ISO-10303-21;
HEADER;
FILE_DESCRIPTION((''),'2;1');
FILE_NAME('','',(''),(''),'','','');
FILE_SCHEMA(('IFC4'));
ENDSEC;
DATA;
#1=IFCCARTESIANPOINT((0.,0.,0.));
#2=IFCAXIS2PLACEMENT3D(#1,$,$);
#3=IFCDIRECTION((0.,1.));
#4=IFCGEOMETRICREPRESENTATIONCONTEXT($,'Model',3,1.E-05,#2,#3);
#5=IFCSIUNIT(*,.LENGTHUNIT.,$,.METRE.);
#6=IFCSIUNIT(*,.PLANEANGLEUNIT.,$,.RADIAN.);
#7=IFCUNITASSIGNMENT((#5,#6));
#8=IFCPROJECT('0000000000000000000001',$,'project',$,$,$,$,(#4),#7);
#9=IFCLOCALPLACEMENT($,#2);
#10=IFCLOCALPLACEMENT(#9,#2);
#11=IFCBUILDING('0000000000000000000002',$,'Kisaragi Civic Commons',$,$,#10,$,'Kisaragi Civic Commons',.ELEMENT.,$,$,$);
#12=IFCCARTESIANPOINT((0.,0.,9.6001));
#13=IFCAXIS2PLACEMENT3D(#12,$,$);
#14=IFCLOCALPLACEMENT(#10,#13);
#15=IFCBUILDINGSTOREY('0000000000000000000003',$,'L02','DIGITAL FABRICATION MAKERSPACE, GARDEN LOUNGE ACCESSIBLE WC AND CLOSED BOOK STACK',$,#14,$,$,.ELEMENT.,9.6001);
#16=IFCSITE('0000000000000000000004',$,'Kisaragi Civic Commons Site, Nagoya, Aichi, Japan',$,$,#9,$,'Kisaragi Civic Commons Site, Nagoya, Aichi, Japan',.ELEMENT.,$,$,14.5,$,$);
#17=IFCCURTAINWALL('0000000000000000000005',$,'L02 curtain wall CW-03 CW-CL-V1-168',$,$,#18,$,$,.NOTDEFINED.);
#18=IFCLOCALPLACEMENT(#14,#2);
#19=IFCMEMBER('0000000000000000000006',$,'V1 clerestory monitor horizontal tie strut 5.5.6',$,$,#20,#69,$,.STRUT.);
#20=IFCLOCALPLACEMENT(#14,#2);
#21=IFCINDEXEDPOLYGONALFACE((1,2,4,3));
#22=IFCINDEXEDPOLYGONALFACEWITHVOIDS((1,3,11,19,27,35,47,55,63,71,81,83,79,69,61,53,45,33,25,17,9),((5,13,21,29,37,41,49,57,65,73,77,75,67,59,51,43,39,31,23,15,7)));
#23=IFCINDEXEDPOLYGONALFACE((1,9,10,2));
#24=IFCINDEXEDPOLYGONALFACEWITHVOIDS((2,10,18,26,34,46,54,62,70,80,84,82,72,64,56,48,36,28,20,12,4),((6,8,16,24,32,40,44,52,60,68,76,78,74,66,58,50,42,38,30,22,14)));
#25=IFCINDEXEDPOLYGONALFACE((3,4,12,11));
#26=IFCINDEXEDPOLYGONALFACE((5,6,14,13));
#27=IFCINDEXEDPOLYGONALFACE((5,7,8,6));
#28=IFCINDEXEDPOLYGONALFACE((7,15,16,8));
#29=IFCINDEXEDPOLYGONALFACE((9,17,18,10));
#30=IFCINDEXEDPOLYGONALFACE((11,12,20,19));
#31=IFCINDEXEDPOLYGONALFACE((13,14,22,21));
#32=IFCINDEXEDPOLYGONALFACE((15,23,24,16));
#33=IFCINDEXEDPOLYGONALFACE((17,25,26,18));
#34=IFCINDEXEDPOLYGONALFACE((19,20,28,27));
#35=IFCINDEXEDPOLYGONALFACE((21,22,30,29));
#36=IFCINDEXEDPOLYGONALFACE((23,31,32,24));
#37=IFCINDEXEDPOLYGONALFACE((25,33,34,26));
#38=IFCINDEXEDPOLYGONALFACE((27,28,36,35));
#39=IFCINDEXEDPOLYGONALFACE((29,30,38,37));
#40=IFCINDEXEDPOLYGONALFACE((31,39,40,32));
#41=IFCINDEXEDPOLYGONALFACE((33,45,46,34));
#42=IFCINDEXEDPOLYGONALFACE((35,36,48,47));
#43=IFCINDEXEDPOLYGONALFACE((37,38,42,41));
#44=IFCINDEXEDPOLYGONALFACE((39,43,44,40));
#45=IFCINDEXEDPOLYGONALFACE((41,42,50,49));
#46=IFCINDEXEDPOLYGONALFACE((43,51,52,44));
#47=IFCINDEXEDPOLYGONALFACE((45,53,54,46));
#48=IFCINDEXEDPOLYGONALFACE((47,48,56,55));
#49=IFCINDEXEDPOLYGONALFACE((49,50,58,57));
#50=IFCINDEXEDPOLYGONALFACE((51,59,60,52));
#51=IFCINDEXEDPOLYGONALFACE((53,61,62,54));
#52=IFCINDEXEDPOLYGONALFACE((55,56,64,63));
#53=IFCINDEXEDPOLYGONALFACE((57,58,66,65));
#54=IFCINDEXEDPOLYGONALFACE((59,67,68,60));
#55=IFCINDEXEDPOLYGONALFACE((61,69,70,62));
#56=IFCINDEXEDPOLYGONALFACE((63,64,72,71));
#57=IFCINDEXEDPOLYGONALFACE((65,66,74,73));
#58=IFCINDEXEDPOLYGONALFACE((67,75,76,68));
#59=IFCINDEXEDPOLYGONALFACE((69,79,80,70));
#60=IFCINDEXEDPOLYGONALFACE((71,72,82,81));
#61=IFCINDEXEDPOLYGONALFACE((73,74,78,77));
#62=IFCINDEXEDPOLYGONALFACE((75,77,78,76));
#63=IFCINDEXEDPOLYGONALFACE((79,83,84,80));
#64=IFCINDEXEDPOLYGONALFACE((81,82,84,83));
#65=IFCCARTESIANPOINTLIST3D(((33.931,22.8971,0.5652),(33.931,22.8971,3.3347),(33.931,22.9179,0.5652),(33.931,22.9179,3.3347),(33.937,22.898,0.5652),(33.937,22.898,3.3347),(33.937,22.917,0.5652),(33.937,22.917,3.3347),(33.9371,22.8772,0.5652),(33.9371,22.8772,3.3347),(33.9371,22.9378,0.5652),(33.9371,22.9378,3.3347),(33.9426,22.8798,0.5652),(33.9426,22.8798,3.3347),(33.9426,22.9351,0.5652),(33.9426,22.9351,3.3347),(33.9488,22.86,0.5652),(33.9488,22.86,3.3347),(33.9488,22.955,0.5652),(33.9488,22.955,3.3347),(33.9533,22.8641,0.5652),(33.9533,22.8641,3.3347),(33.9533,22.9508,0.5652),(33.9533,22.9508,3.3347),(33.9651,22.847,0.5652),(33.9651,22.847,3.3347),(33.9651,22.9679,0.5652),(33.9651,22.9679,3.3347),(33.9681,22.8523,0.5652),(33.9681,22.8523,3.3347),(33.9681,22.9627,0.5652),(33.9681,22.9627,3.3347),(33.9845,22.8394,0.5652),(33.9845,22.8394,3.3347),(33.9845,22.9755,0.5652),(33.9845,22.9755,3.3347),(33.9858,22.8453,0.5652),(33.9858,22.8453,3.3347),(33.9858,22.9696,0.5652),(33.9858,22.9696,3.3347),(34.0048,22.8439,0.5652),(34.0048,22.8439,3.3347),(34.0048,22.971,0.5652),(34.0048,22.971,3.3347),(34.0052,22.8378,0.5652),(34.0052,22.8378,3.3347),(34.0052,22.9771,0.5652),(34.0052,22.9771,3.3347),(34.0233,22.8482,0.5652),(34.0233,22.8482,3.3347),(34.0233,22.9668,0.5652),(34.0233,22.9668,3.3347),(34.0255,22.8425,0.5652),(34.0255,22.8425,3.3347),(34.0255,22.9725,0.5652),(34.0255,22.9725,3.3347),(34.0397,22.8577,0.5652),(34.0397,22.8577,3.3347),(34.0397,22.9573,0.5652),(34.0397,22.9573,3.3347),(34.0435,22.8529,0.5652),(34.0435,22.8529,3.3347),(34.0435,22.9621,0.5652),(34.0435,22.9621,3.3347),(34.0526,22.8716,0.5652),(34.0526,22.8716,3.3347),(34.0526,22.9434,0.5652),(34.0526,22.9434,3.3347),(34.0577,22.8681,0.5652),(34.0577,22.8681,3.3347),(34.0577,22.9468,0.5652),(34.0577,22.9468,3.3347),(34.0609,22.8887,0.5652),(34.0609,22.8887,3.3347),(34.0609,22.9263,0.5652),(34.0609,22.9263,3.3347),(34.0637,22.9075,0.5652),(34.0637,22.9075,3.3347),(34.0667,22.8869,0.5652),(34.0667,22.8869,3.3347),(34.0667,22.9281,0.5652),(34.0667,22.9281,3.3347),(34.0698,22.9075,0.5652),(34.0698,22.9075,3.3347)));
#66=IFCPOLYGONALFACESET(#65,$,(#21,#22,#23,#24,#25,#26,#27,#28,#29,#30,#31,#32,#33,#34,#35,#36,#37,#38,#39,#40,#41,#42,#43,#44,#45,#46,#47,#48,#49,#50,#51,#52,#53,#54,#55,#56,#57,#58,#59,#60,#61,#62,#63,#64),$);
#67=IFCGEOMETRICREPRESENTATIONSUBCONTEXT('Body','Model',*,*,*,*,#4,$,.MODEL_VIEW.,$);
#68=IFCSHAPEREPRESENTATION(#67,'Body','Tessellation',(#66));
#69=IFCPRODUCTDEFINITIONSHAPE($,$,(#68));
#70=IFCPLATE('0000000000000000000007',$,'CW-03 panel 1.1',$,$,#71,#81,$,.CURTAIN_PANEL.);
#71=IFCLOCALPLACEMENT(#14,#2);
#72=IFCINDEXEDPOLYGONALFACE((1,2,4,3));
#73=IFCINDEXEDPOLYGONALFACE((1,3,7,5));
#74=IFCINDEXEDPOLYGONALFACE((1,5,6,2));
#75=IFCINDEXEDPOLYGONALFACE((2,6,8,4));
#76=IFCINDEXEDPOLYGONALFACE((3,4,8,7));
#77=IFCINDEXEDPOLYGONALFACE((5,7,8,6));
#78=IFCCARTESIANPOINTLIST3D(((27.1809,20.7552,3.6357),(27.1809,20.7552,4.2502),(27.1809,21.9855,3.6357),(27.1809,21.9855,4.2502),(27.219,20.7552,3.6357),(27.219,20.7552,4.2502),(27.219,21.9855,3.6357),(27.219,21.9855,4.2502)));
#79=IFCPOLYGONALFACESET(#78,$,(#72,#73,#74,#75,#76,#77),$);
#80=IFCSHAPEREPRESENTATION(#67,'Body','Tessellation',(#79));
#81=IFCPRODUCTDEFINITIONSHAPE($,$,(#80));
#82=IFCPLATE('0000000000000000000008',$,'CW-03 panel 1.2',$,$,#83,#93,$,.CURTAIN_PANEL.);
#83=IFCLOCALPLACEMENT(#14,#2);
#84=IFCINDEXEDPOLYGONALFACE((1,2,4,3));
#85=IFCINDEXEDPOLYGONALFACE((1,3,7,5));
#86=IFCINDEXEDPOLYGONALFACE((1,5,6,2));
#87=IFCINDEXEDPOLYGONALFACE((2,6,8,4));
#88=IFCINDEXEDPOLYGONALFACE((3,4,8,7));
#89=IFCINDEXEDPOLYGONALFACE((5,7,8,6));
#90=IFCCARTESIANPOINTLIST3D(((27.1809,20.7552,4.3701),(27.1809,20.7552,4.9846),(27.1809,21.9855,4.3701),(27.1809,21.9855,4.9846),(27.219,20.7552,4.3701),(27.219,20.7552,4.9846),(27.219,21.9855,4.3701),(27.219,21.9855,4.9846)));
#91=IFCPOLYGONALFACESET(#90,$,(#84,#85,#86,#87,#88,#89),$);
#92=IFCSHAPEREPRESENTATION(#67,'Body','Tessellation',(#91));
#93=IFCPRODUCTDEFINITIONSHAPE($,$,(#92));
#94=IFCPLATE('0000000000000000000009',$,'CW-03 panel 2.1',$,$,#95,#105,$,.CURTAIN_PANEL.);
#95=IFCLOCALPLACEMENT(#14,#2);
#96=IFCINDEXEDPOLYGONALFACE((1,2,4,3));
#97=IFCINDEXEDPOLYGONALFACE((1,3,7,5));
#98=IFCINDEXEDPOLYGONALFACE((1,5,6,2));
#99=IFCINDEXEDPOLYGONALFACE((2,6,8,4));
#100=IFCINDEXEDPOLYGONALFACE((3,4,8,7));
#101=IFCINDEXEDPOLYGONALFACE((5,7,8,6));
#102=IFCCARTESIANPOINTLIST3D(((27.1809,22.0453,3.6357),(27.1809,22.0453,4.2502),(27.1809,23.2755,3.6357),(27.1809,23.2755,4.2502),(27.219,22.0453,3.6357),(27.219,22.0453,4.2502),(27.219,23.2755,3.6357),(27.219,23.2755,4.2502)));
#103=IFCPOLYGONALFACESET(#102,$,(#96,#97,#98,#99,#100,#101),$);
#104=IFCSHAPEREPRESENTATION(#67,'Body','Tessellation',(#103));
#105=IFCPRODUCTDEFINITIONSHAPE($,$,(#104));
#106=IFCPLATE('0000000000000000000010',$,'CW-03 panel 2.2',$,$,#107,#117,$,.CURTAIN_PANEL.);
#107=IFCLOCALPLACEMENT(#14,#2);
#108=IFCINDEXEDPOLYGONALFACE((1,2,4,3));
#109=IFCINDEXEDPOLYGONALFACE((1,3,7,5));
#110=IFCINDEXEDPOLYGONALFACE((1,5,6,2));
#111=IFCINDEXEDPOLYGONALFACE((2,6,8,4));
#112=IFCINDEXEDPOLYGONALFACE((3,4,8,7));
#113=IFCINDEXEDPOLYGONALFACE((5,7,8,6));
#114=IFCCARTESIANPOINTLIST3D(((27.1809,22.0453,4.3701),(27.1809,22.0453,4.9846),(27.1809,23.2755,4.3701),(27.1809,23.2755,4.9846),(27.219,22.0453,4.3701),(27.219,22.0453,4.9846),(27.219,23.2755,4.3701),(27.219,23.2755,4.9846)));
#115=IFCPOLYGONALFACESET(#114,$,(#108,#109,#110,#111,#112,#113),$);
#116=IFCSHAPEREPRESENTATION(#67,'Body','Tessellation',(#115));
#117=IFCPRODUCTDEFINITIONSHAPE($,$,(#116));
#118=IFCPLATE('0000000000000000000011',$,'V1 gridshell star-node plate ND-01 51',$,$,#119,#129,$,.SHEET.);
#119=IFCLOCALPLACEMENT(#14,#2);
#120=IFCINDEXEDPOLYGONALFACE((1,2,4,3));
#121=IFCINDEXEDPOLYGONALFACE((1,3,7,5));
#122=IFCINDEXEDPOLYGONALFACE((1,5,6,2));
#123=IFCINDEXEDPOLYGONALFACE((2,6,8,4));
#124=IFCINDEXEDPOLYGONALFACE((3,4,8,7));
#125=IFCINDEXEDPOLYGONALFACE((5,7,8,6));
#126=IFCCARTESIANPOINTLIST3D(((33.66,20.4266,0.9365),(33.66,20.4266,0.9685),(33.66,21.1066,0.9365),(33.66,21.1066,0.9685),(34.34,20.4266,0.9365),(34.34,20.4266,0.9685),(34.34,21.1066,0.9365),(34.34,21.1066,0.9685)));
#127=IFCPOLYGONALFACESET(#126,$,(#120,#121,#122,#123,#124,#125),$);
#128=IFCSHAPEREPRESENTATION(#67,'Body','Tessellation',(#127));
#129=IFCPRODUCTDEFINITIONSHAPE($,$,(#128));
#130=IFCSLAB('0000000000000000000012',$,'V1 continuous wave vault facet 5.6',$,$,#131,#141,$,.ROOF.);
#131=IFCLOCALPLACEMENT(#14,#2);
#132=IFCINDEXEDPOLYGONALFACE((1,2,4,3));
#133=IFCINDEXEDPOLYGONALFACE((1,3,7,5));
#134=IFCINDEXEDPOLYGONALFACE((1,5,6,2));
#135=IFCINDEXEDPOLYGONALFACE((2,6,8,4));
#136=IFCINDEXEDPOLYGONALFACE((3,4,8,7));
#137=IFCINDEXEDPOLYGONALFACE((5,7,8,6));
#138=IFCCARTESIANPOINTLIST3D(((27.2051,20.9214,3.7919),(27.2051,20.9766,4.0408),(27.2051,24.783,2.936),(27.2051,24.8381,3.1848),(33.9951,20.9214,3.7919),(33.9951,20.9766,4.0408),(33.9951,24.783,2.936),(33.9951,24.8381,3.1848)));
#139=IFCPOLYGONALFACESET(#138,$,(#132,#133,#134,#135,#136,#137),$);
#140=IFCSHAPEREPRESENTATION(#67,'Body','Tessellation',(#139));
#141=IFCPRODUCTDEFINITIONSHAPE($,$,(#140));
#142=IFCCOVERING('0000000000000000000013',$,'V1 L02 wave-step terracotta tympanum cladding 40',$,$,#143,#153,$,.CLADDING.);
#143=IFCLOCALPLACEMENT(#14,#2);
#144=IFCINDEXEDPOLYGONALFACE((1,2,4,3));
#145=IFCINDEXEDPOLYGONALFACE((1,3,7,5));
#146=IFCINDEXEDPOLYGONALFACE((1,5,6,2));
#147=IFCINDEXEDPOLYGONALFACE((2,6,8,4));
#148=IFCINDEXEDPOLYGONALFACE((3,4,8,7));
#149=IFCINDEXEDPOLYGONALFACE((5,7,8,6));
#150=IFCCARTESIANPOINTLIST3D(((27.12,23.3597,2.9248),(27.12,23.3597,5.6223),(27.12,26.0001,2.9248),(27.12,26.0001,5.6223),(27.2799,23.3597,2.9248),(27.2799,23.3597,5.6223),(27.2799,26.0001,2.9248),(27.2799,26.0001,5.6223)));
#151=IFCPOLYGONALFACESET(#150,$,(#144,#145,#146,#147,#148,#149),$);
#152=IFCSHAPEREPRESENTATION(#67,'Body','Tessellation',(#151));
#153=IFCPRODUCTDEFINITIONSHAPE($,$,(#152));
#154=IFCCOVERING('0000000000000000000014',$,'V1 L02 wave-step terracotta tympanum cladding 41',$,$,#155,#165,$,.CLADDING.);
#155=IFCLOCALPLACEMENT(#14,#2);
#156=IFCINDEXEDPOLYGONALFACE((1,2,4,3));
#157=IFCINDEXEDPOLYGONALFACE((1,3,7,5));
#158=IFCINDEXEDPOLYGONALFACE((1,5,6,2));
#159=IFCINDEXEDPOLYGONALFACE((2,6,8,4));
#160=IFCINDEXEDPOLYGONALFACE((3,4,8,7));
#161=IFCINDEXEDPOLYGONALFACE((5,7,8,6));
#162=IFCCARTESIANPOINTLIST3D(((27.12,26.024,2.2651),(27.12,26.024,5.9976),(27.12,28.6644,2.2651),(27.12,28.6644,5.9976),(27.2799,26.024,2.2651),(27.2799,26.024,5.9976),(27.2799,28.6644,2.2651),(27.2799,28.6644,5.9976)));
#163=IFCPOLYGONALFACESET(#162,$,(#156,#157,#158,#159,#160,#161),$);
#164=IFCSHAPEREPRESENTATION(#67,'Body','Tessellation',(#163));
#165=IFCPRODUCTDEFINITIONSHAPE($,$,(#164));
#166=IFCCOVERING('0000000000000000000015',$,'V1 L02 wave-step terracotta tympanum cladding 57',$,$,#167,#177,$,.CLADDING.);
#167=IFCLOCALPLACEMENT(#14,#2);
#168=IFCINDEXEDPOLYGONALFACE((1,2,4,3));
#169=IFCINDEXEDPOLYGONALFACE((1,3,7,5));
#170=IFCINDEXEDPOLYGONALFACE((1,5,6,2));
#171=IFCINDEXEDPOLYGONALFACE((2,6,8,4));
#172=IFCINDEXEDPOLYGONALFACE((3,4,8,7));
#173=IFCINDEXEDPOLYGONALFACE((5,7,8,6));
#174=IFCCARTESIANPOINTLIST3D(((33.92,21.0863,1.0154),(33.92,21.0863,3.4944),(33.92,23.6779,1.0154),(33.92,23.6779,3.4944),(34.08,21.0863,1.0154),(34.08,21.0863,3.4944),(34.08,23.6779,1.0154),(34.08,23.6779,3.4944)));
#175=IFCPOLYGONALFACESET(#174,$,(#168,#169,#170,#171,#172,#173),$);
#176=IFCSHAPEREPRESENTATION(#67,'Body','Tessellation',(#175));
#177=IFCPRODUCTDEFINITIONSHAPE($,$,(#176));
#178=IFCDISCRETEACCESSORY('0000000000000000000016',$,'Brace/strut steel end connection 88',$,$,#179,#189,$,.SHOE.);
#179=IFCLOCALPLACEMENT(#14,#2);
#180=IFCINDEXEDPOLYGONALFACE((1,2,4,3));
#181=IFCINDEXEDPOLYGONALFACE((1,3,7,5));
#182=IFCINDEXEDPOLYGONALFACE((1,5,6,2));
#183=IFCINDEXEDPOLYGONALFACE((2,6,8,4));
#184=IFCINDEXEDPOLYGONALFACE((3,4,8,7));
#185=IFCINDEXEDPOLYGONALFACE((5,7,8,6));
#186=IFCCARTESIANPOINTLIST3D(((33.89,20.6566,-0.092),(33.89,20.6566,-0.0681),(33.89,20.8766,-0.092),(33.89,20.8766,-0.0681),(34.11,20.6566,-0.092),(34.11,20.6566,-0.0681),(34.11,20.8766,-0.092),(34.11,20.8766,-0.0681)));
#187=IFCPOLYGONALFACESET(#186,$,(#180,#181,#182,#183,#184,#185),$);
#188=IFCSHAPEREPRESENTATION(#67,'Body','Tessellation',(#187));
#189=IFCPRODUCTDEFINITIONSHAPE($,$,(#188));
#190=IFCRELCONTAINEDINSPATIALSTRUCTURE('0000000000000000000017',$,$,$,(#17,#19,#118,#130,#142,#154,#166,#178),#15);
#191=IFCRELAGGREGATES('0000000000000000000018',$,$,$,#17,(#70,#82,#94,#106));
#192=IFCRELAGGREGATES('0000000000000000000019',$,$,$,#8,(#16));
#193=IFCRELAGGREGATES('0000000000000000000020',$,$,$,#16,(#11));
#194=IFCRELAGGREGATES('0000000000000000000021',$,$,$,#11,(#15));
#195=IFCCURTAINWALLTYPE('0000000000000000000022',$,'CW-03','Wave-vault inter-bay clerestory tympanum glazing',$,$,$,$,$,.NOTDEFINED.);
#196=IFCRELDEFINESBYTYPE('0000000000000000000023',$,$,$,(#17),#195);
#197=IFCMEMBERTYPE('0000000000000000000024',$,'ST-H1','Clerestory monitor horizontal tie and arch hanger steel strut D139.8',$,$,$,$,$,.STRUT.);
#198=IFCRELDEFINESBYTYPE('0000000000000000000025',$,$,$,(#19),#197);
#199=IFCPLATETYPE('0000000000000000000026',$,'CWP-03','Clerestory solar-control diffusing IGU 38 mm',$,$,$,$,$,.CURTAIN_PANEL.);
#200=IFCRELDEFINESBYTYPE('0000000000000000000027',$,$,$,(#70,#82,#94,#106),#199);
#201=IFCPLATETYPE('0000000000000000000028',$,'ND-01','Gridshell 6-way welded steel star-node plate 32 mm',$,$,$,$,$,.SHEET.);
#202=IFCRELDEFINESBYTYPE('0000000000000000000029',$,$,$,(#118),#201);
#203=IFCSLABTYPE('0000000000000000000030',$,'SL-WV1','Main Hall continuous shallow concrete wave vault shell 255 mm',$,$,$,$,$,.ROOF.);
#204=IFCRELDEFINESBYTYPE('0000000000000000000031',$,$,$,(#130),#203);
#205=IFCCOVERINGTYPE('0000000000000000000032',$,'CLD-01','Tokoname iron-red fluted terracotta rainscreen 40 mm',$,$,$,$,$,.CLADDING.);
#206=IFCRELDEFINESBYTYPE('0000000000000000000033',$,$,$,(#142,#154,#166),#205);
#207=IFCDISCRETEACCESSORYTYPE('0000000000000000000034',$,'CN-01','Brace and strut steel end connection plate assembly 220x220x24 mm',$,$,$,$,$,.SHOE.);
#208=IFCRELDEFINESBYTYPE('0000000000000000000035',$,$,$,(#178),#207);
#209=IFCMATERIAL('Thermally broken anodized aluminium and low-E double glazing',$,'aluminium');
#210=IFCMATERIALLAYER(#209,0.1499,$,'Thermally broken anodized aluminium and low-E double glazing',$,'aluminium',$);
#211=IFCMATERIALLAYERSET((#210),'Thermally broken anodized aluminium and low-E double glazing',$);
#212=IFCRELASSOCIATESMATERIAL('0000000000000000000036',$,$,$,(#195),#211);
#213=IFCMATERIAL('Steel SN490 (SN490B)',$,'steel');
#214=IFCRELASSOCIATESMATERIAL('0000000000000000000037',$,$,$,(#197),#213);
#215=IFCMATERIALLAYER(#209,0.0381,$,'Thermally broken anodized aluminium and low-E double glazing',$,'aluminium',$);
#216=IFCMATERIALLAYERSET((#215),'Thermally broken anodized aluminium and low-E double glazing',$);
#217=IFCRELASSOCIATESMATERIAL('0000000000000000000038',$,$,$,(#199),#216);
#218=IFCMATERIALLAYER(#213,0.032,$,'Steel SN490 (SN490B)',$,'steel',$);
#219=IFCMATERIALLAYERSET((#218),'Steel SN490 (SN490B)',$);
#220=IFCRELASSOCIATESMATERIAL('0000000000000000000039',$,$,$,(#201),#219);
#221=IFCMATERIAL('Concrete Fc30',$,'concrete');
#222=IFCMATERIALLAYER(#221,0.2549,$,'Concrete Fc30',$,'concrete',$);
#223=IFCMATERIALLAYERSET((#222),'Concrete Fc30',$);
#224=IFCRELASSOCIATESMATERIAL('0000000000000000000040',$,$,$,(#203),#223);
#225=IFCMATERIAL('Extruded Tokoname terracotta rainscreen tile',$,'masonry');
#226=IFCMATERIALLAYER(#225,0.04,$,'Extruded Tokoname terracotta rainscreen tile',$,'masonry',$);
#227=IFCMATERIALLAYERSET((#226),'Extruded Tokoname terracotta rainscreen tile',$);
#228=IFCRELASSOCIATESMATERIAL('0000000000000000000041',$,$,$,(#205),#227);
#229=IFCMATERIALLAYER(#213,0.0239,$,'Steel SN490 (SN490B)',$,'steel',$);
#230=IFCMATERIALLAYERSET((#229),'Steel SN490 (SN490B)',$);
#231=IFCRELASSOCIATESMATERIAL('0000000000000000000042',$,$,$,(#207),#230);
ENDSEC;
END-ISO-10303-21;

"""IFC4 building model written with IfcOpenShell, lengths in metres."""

from ifc_helpers import new_model, si_unit, direction, frame, origin, origin_2d, place, context, subcontext, project, spatial, polyline, rectangle, hollow_circle, outline, extrude, material, layer, layer_set, material_profile, profile_set, type_object, element, aggregate, save


model = new_model("IFC4")

# Units and contexts
model_context = context("Model", 3, precision=1e-05, world=origin(), true_north=direction((0.0, 1.0)))
body_context = subcontext(model_context, "Body", "Model", "MODEL_VIEW")
ifc_project = project(units=[si_unit("LENGTHUNIT", "METRE"), si_unit("PLANEANGLEUNIT", "RADIAN")], contexts=[model_context])

# Site, building, storey
site_placement = place(None, origin())
site = spatial("IfcSite", under=ifc_project, at=site_placement, Name="Kisaragi Civic Commons Site, Nagoya, Aichi, Japan", LongName="Kisaragi Civic Commons Site, Nagoya, Aichi, Japan", CompositionType="ELEMENT", RefElevation=14.5)
building_placement = place(site_placement, origin())
building = spatial("IfcBuilding", under=site, at=building_placement, Name="Kisaragi Civic Commons", LongName="Kisaragi Civic Commons", CompositionType="ELEMENT")
storey_placement = place(building_placement, frame((0.0, 0.0, 9.6001)))
storey = spatial("IfcBuildingStorey", under=building, at=storey_placement, Name="L02", Description="DIGITAL FABRICATION MAKERSPACE, GARDEN LOUNGE ACCESSIBLE WC AND CLOSED BOOK STACK", CompositionType="ELEMENT", Elevation=9.6001)

# Curtain wall
ifc_material_1 = material(Name="Thermally broken anodized aluminium and low-E double glazing", Category="aluminium")
ifc_layer_1 = layer(ifc_material_1, 0.1499, Name="Thermally broken anodized aluminium and low-E double glazing", Category="aluminium")
ifc_layer_set_1 = layer_set([ifc_layer_1], Name="Thermally broken anodized aluminium and low-E double glazing")
curtain_wall_type = type_object("IfcCurtainWallType", Name="CW-03", Description="Wave-vault inter-bay clerestory tympanum glazing", PredefinedType="NOTDEFINED", material=ifc_layer_set_1)
curtain_wall_placement = place(storey_placement, origin())
curtain_wall = element("IfcCurtainWall", 1, at=curtain_wall_placement, inside=storey, type_object=curtain_wall_type, Name="L02 curtain wall CW-03 CW-CL-V1-168", PredefinedType="NOTDEFINED")

# Member
ifc_material_2 = material(Name="Steel SN490 (SN490B)", Category="steel")
ifc_material_profile_1 = material_profile(ifc_material_2, hollow_circle(Radius=0.0698, WallThickness=0.0061, at=origin_2d()), Name="CHS-139.8x6.0", Category="steel")
ifc_profile_set_1 = profile_set([ifc_material_profile_1], Name="Steel SN490 (SN490B)")
member_type_1 = type_object("IfcMemberType", Name="ST-H1", Description="Clerestory monitor horizontal tie and arch hanger steel strut D139.8", PredefinedType="STRUT", material=ifc_profile_set_1)
member_1_placement = place(storey_placement, frame((34.0, 22.9075, 0.5652), z_axis=(0.0, 0.0, 1.0), x_axis=(1.0, 0.0, 0.0)))
element("IfcMember", 2, at=member_1_placement, inside=storey, type_object=member_type_1, Name="V1 clerestory monitor horizontal tie strut 5.5.6", PredefinedType="STRUT", context=body_context, shape_type="SweptSolid", body=[
    extrude(hollow_circle(Radius=0.0698, WallThickness=0.0061, at=origin_2d()), origin(), (0.0, 0.0, 1.0), 2.7695),
])

# Plates
ifc_layer_2 = layer(ifc_material_1, 0.0381, Name="Thermally broken anodized aluminium and low-E double glazing", Category="aluminium")
ifc_layer_set_2 = layer_set([ifc_layer_2], Name="Thermally broken anodized aluminium and low-E double glazing")
plate_type_1 = type_object("IfcPlateType", Name="CWP-03", Description="Clerestory solar-control diffusing IGU 38 mm", PredefinedType="CURTAIN_PANEL", material=ifc_layer_set_2)
plate_1_placement = place(storey_placement, frame((27.2, 21.3704, 3.6357), z_axis=(0.0, 0.0, 1.0), x_axis=(0.0, 1.0, 0.0)))
plate_1 = element("IfcPlate", 3, at=plate_1_placement, type_object=plate_type_1, Name="CW-03 panel 1.1", PredefinedType="CURTAIN_PANEL", context=body_context, shape_type="SweptSolid", body=[
    extrude(rectangle(XDim=1.2302, YDim=0.0381, at=origin_2d()), origin(), (0.0, 0.0, 1.0), 0.6145),
])
plate_2_placement = place(storey_placement, frame((27.2, 21.3704, 4.3701), z_axis=(0.0, 0.0, 1.0), x_axis=(0.0, 1.0, 0.0)))
plate_2 = element("IfcPlate", 4, at=plate_2_placement, type_object=plate_type_1, Name="CW-03 panel 1.2", PredefinedType="CURTAIN_PANEL", context=body_context, shape_type="SweptSolid", body=[
    extrude(rectangle(XDim=1.2302, YDim=0.0381, at=origin_2d()), origin(), (0.0, 0.0, 1.0), 0.6145),
])
plate_3_placement = place(storey_placement, frame((27.2, 22.6604, 3.6357), z_axis=(0.0, 0.0, 1.0), x_axis=(0.0, 1.0, 0.0)))
plate_3 = element("IfcPlate", 5, at=plate_3_placement, type_object=plate_type_1, Name="CW-03 panel 2.1", PredefinedType="CURTAIN_PANEL", context=body_context, shape_type="SweptSolid", body=[
    extrude(rectangle(XDim=1.2302, YDim=0.0381, at=origin_2d()), origin(), (0.0, 0.0, 1.0), 0.6145),
])
plate_4_placement = place(storey_placement, frame((27.2, 22.6604, 4.3701), z_axis=(0.0, 0.0, 1.0), x_axis=(0.0, 1.0, 0.0)))
plate_4 = element("IfcPlate", 6, at=plate_4_placement, type_object=plate_type_1, Name="CW-03 panel 2.2", PredefinedType="CURTAIN_PANEL", context=body_context, shape_type="SweptSolid", body=[
    extrude(rectangle(XDim=1.2302, YDim=0.0381, at=origin_2d()), origin(), (0.0, 0.0, 1.0), 0.6145),
])
aggregate(curtain_wall, [plate_1, plate_2, plate_3, plate_4])
ifc_layer_3 = layer(ifc_material_2, 0.032, Name="Steel SN490 (SN490B)", Category="steel")
ifc_layer_set_3 = layer_set([ifc_layer_3], Name="Steel SN490 (SN490B)")
plate_type_2 = type_object("IfcPlateType", Name="ND-01", Description="Gridshell 6-way welded steel star-node plate 32 mm", PredefinedType="SHEET", material=ifc_layer_set_3)
plate_5_placement = place(storey_placement, frame((34.0, 20.7666, 0.9365), z_axis=(0.0, 0.0, 1.0), x_axis=(1.0, 0.0, 0.0)))
element("IfcPlate", 7, at=plate_5_placement, inside=storey, type_object=plate_type_2, Name="V1 gridshell star-node plate ND-01 51", PredefinedType="SHEET", context=body_context, shape_type="SweptSolid", body=[
    extrude(rectangle(XDim=0.6799, YDim=0.6799, at=origin_2d()), origin(), (0.0, 0.0, 1.0), 0.032),
])

# Slab
ifc_material_3 = material(Name="Concrete Fc30", Category="concrete")
ifc_layer_4 = layer(ifc_material_3, 0.2549, Name="Concrete Fc30", Category="concrete")
ifc_layer_set_4 = layer_set([ifc_layer_4], Name="Concrete Fc30")
slab_type = type_object("IfcSlabType", Name="SL-WV1", Description="Main Hall continuous shallow concrete wave vault shell 255 mm", PredefinedType="ROOF", material=ifc_layer_set_4)
slab_placement = place(storey_placement, frame((33.9951, 24.8381, 3.1848), z_axis=(0.0, 0.216408, 0.976303), x_axis=(-1.0, 0.0, 0.0)))
element("IfcSlab", 8, at=slab_placement, inside=storey, type_object=slab_type, Name="V1 continuous wave vault facet 5.6", PredefinedType="ROOF", context=body_context, shape_type="SweptSolid", body=[
    extrude(outline(polyline([(0.0, 0.0), (6.79, 0.0), (6.79, 3.9553), (0.0, 3.9553), (0.0, 0.0)])), origin(), (0.0, 0.0, -1.0), 0.2549),
])

# Coverings
ifc_material_4 = material(Name="Extruded Tokoname terracotta rainscreen tile", Category="masonry")
ifc_layer_5 = layer(ifc_material_4, 0.04, Name="Extruded Tokoname terracotta rainscreen tile", Category="masonry")
ifc_layer_set_5 = layer_set([ifc_layer_5], Name="Extruded Tokoname terracotta rainscreen tile")
covering_type = type_object("IfcCoveringType", Name="CLD-01", Description="Tokoname iron-red fluted terracotta rainscreen 40 mm", PredefinedType="CLADDING", material=ifc_layer_set_5)
covering_1_placement = place(storey_placement, frame((27.2, 24.6799, 2.9248), z_axis=(0.0, 0.0, 1.0), x_axis=(0.0, 1.0, 0.0)))
element("IfcCovering", 9, at=covering_1_placement, inside=storey, type_object=covering_type, Name="V1 L02 wave-step terracotta tympanum cladding 40", PredefinedType="CLADDING", context=body_context, shape_type="SweptSolid", body=[
    extrude(rectangle(XDim=2.6404, YDim=0.1599, at=origin_2d()), origin(), (0.0, 0.0, 1.0), 2.6975),
])
covering_2_placement = place(storey_placement, frame((27.2, 27.3442, 2.2651), z_axis=(0.0, 0.0, 1.0), x_axis=(0.0, 1.0, 0.0)))
element("IfcCovering", 10, at=covering_2_placement, inside=storey, type_object=covering_type, Name="V1 L02 wave-step terracotta tympanum cladding 41", PredefinedType="CLADDING", context=body_context, shape_type="SweptSolid", body=[
    extrude(rectangle(XDim=2.6404, YDim=0.1599, at=origin_2d()), origin(), (0.0, 0.0, 1.0), 3.7324),
])
covering_3_placement = place(storey_placement, frame((34.0, 22.3821, 1.0154), z_axis=(0.0, 0.0, 1.0), x_axis=(0.0, 1.0, 0.0)))
element("IfcCovering", 11, at=covering_3_placement, inside=storey, type_object=covering_type, Name="V1 L02 wave-step terracotta tympanum cladding 57", PredefinedType="CLADDING", context=body_context, shape_type="SweptSolid", body=[
    extrude(rectangle(XDim=2.5916, YDim=0.1599, at=origin_2d()), origin(), (0.0, 0.0, 1.0), 2.479),
])

# Discrete accessory
ifc_layer_6 = layer(ifc_material_2, 0.0239, Name="Steel SN490 (SN490B)", Category="steel")
ifc_layer_set_6 = layer_set([ifc_layer_6], Name="Steel SN490 (SN490B)")
discrete_accessory_type = type_object("IfcDiscreteAccessoryType", Name="CN-01", Description="Brace and strut steel end connection plate assembly 220x220x24 mm", PredefinedType="SHOE", material=ifc_layer_set_6)
for number, where, z_axis, x_axis, name in (
    (12, (34.0, 20.7666, -0.092), (0.0, 0.0, 1.0), (1.0, 0.0, 0.0), "Brace/strut steel end connection 88"),
):
    element("IfcDiscreteAccessory", number, at=place(storey_placement, frame(where, z_axis=z_axis, x_axis=x_axis)), inside=storey, type_object=discrete_accessory_type, Name=name, PredefinedType="SHOE", context=body_context, shape_type="SweptSolid", body=[
        extrude(rectangle(XDim=0.22, YDim=0.22, at=origin_2d()), origin(), (0.0, 0.0, 1.0), 0.0239),
    ])

save(model, "model.ifc")
